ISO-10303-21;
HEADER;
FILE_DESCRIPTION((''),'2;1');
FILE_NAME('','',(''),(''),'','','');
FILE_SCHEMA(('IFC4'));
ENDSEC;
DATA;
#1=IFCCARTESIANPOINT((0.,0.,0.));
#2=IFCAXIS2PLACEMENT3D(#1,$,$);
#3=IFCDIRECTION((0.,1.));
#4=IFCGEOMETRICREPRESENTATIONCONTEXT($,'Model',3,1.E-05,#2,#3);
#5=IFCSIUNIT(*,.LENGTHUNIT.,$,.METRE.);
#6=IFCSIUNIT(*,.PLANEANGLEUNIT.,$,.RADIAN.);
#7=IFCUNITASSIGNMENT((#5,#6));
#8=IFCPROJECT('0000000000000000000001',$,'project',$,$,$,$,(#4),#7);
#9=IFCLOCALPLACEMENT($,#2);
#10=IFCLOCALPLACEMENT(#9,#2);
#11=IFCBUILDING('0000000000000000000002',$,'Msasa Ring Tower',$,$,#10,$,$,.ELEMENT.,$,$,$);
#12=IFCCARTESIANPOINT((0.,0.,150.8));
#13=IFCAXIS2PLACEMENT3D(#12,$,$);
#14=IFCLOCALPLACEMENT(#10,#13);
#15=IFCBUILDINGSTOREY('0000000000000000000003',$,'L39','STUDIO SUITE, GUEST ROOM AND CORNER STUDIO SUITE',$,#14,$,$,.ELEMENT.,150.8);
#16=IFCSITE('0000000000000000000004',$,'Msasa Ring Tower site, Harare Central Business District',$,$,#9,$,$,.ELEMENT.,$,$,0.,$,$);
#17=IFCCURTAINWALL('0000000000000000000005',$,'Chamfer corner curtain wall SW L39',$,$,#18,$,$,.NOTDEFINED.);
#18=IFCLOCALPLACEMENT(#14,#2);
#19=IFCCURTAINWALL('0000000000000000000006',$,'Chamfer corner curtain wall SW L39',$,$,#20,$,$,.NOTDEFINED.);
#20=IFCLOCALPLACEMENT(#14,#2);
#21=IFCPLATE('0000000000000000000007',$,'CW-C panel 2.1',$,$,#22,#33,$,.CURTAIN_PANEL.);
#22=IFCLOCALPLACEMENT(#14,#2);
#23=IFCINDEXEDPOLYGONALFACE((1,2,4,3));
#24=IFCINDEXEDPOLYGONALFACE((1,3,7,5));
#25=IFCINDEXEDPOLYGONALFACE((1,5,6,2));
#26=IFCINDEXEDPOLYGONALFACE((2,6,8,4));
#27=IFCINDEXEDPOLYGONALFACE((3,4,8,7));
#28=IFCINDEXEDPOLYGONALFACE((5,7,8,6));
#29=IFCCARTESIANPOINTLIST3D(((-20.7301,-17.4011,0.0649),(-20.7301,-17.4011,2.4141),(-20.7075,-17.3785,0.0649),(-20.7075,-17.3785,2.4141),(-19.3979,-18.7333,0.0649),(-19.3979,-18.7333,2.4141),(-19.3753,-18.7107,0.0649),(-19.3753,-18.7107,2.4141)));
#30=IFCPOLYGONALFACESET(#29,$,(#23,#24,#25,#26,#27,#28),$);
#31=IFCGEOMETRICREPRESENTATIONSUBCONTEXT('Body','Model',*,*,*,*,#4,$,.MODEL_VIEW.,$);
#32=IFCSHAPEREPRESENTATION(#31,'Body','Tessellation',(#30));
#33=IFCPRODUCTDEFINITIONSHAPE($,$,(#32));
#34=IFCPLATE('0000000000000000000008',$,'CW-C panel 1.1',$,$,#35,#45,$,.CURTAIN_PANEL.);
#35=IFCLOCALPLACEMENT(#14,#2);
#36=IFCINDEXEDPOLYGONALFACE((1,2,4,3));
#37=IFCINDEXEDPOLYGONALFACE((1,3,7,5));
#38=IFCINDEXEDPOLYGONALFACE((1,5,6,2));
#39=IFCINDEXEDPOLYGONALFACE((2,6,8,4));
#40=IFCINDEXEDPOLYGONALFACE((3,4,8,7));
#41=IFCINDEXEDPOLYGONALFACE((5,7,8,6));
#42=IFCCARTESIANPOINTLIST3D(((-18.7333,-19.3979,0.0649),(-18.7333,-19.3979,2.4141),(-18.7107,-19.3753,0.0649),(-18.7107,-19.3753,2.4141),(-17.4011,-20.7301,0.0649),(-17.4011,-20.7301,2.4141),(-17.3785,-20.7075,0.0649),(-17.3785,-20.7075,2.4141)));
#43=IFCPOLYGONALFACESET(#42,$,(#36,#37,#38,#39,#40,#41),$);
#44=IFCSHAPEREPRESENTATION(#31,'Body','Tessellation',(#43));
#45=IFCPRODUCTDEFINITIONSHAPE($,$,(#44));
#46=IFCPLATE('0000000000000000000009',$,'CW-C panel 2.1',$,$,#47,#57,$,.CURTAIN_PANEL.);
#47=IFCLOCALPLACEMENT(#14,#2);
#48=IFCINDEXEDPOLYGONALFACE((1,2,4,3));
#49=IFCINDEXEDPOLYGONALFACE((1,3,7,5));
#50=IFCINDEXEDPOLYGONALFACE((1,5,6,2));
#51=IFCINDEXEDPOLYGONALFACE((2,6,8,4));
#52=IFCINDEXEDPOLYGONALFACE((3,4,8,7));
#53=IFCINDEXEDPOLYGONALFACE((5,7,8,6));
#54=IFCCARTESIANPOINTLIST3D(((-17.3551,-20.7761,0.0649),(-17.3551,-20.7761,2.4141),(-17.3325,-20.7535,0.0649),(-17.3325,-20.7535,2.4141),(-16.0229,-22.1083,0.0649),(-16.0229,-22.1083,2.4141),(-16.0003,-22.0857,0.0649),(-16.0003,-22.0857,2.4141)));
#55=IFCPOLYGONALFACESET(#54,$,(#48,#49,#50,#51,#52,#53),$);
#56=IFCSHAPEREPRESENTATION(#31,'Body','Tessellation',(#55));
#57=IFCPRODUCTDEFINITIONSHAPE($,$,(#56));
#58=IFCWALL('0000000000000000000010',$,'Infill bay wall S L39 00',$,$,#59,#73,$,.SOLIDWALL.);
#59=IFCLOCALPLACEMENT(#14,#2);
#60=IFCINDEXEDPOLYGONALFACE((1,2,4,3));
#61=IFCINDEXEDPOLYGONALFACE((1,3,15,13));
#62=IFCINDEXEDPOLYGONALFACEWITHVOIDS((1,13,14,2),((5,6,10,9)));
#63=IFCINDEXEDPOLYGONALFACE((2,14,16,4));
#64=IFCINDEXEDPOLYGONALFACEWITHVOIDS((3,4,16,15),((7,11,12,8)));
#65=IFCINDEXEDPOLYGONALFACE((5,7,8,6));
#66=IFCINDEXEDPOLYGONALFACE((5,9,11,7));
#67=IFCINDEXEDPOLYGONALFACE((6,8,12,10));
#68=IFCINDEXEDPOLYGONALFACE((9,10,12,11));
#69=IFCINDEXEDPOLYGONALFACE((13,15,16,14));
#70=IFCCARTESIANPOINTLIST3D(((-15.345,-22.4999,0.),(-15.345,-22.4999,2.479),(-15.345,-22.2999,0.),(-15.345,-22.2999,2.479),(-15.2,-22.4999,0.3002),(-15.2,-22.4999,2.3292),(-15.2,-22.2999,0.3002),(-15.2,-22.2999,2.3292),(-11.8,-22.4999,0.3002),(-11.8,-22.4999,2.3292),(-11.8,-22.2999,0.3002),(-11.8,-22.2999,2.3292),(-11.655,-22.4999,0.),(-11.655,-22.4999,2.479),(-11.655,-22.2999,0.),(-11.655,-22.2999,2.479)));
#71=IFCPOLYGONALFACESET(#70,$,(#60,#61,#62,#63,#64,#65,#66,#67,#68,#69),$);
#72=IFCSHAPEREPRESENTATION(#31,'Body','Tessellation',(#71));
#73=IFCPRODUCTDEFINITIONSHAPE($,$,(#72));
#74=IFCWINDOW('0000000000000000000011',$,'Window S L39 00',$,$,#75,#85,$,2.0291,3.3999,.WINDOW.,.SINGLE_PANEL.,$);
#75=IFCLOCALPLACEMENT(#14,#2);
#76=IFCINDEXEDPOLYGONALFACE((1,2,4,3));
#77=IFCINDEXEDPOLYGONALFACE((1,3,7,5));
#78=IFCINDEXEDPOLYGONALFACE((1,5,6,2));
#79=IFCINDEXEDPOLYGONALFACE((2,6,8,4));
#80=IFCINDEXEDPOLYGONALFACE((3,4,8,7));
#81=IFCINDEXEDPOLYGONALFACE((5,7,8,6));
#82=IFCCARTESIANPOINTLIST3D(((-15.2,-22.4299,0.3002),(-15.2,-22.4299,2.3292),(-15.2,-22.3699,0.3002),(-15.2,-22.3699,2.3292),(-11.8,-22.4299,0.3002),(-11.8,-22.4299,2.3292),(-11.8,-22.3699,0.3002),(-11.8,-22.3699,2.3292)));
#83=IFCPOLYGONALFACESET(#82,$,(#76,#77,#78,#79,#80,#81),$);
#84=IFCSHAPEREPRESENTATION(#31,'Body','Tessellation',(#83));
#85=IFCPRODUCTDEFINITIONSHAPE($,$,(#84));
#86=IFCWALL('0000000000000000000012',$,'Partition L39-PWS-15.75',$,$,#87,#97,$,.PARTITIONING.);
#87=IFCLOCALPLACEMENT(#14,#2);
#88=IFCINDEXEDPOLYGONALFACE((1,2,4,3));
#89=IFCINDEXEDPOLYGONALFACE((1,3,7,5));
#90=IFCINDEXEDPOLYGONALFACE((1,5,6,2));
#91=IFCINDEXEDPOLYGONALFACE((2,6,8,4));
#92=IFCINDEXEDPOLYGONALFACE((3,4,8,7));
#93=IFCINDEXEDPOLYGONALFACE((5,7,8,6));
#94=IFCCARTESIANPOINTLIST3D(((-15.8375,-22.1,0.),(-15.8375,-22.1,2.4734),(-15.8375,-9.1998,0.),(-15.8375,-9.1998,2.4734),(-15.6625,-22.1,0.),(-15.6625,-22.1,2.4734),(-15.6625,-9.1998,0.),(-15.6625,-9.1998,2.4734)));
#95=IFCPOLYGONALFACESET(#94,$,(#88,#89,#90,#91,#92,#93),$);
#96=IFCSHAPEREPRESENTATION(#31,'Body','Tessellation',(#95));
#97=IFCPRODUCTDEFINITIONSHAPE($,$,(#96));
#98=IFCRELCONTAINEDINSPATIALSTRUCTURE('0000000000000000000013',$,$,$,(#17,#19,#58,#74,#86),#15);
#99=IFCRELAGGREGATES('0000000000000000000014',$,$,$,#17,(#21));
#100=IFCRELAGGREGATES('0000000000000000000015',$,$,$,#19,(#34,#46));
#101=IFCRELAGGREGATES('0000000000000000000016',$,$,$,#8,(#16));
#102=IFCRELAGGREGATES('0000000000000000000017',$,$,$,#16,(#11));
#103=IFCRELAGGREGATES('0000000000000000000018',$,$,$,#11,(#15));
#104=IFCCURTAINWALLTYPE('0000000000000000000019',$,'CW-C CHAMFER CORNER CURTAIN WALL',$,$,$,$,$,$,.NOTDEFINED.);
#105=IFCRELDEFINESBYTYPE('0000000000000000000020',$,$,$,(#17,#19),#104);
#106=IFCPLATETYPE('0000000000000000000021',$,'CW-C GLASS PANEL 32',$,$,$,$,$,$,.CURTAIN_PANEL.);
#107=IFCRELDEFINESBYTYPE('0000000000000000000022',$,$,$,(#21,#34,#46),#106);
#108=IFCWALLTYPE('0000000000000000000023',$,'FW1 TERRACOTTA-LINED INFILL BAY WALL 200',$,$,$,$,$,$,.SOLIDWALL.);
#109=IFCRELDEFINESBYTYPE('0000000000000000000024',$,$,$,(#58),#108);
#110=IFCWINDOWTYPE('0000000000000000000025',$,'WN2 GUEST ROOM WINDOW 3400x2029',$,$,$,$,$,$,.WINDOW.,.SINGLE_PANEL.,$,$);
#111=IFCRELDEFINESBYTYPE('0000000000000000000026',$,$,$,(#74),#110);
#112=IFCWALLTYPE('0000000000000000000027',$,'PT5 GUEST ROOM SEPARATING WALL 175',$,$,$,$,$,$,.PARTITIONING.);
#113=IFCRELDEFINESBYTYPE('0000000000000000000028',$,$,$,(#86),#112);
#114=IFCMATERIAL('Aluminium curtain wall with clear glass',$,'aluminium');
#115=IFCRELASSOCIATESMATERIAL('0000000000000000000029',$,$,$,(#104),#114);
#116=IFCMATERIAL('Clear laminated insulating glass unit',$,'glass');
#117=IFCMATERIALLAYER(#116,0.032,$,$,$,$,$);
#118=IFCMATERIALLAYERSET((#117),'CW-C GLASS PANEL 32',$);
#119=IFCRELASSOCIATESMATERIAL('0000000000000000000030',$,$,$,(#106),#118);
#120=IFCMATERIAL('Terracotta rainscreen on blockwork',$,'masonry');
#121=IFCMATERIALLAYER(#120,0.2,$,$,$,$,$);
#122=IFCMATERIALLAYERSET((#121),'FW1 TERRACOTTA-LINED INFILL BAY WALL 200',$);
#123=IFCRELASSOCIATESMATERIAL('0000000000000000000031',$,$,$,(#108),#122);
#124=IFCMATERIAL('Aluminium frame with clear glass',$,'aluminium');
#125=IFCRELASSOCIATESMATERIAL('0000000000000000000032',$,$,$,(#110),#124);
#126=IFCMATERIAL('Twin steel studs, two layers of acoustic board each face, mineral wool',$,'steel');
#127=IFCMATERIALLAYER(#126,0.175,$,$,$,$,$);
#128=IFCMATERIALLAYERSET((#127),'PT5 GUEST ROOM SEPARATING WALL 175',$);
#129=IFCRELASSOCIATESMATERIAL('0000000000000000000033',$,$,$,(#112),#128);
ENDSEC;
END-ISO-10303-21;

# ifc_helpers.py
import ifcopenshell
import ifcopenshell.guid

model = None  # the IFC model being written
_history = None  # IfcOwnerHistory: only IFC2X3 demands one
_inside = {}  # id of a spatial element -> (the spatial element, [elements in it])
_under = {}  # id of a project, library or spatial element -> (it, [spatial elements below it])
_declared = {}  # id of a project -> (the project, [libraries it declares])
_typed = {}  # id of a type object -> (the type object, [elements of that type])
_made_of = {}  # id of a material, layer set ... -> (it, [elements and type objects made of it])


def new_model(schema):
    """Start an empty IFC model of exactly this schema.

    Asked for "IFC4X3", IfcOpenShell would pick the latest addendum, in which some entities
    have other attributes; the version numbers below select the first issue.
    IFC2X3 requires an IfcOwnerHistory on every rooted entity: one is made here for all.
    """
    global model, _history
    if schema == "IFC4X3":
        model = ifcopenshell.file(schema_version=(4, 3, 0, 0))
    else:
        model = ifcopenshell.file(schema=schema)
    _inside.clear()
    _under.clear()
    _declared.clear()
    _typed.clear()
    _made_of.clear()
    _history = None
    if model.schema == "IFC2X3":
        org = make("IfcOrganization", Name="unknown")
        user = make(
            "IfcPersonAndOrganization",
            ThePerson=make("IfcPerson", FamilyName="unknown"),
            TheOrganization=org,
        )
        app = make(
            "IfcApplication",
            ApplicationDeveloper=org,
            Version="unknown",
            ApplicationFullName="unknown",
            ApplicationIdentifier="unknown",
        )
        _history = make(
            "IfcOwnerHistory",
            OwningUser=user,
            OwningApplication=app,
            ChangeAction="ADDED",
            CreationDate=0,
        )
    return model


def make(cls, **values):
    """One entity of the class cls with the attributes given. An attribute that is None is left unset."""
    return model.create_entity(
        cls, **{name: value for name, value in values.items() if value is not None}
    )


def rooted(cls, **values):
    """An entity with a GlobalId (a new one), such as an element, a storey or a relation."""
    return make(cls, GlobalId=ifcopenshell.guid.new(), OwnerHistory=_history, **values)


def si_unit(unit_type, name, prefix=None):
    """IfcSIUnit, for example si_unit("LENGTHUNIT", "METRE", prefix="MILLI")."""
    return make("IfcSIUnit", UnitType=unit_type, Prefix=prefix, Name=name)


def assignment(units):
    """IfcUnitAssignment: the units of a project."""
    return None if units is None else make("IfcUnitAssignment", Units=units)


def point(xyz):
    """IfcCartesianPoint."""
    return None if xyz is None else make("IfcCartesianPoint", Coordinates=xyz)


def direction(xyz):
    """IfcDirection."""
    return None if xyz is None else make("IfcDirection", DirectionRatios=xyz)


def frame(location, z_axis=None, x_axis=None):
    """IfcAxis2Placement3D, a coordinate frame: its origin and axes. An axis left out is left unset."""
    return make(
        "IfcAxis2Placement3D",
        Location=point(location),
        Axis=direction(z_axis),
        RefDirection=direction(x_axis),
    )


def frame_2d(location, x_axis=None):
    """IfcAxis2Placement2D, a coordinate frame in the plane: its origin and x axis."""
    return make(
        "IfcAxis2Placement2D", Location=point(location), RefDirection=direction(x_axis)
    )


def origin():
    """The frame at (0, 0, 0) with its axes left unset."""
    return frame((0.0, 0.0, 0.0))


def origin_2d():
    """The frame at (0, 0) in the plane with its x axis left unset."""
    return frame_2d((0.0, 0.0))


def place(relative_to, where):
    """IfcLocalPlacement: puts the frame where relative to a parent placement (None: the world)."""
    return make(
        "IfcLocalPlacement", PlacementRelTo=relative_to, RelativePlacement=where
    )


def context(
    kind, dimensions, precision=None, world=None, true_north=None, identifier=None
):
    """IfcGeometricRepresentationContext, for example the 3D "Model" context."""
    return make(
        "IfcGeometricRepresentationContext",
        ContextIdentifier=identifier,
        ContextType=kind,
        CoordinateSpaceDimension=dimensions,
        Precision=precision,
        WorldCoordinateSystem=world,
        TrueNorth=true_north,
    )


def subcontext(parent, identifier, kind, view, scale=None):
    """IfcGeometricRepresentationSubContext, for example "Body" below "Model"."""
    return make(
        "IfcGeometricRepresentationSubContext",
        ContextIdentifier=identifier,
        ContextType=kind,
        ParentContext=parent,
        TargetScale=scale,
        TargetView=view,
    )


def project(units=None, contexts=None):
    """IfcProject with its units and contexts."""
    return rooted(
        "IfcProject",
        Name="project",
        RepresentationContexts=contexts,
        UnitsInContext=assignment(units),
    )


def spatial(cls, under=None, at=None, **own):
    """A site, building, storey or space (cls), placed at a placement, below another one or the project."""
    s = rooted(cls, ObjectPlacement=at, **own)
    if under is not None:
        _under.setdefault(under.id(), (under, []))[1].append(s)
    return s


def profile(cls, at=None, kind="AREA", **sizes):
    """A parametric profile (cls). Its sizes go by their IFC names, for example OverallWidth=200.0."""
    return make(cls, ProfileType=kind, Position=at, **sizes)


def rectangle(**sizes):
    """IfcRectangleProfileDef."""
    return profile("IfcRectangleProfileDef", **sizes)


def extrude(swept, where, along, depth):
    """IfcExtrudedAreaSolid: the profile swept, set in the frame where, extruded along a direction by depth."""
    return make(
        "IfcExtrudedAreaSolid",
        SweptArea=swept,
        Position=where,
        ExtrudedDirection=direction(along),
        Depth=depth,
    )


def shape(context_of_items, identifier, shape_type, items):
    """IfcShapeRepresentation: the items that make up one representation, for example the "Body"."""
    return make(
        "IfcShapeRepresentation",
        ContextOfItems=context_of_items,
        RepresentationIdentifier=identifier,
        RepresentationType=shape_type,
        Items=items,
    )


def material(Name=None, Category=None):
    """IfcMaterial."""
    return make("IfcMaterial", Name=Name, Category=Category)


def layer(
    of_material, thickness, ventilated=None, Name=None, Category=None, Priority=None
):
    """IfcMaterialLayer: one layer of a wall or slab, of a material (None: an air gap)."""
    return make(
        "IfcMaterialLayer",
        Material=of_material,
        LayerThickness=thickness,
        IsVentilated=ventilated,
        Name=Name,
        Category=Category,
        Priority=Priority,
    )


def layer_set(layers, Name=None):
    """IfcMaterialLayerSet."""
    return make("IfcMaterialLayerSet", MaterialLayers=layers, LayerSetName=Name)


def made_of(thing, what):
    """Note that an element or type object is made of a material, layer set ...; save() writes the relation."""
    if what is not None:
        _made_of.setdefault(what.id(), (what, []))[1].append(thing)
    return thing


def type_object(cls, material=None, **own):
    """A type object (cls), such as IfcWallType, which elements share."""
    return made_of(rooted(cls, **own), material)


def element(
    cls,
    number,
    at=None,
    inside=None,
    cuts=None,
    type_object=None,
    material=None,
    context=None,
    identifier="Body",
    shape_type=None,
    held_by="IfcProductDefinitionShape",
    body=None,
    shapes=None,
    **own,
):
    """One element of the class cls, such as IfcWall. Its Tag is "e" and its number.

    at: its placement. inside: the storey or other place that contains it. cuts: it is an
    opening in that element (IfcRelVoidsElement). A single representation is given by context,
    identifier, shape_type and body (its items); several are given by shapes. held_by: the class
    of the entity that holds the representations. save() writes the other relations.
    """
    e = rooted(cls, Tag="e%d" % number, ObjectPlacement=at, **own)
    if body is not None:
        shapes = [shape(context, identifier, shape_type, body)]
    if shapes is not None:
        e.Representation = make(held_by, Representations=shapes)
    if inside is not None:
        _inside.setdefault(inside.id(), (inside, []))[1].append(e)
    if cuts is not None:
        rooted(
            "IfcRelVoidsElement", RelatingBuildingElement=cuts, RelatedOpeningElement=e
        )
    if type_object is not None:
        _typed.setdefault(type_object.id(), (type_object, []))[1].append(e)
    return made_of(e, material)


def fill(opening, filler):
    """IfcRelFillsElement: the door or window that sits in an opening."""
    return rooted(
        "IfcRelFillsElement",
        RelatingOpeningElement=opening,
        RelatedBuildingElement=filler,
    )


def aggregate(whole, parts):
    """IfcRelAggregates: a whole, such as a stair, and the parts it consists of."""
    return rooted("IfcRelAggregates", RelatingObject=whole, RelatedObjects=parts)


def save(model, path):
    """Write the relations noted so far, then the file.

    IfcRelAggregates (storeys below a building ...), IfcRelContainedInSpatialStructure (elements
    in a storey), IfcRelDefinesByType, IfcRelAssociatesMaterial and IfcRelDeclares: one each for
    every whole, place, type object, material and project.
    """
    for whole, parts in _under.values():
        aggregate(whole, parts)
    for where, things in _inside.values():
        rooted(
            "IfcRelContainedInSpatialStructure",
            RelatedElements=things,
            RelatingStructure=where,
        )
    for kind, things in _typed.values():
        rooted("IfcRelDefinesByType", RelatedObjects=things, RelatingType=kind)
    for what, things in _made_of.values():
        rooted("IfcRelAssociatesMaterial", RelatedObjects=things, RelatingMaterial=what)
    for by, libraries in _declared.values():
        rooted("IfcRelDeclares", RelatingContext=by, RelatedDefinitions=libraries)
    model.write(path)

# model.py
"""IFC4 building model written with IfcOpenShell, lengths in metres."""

from ifc_helpers import new_model, si_unit, direction, frame, frame_2d, origin, origin_2d, place, context, subcontext, project, spatial, rectangle, extrude, material, layer, layer_set, type_object, element, fill, aggregate, save


model = new_model("IFC4")

# Units and contexts
model_context = context("Model", 3, precision=1e-05, world=origin(), true_north=direction((0.0, 1.0)))
body_context = subcontext(model_context, "Body", "Model", "MODEL_VIEW")
ifc_project = project(units=[si_unit("LENGTHUNIT", "METRE"), si_unit("PLANEANGLEUNIT", "RADIAN")], contexts=[model_context])

# Site, building, storey
site_placement = place(None, origin())
site = spatial("IfcSite", under=ifc_project, at=site_placement, Name="Msasa Ring Tower site, Harare Central Business District", CompositionType="ELEMENT", RefElevation=0.0)
building_placement = place(site_placement, origin())
building = spatial("IfcBuilding", under=site, at=building_placement, Name="Msasa Ring Tower", CompositionType="ELEMENT")
storey_placement = place(building_placement, frame((0.0, 0.0, 150.8)))
storey = spatial("IfcBuildingStorey", under=building, at=storey_placement, Name="L39", Description="STUDIO SUITE, GUEST ROOM AND CORNER STUDIO SUITE", CompositionType="ELEMENT", Elevation=150.8)

# Curtain walls
ifc_material_1 = material(Name="Aluminium curtain wall with clear glass", Category="aluminium")
curtain_wall_type = type_object("IfcCurtainWallType", Name="CW-C CHAMFER CORNER CURTAIN WALL", PredefinedType="NOTDEFINED", material=ifc_material_1)
curtain_wall_1_placement = place(storey_placement, origin())
curtain_wall_1 = element("IfcCurtainWall", 1, at=curtain_wall_1_placement, inside=storey, type_object=curtain_wall_type, Name="Chamfer corner curtain wall SW L39", PredefinedType="NOTDEFINED")
curtain_wall_2_placement = place(storey_placement, origin())
curtain_wall_2 = element("IfcCurtainWall", 2, at=curtain_wall_2_placement, inside=storey, type_object=curtain_wall_type, Name="Chamfer corner curtain wall SW L39", PredefinedType="NOTDEFINED")

# Plates
ifc_material_2 = material(Name="Clear laminated insulating glass unit", Category="glass")
ifc_layer_1 = layer(ifc_material_2, 0.032)
ifc_layer_set_1 = layer_set([ifc_layer_1], Name="CW-C GLASS PANEL 32")
plate_type = type_object("IfcPlateType", Name="CW-C GLASS PANEL 32", PredefinedType="CURTAIN_PANEL", material=ifc_layer_set_1)
plate_1_placement = place(storey_placement, frame((-20.0527, -18.0559, 0.0649), z_axis=(0.0, 0.0, 1.0), x_axis=(0.707107, -0.707107, 0.0)))
plate_1 = element("IfcPlate", 3, at=plate_1_placement, type_object=plate_type, Name="CW-C panel 2.1", PredefinedType="CURTAIN_PANEL", context=body_context, shape_type="SweptSolid", body=[
    extrude(rectangle(XDim=1.884, YDim=0.032, at=origin_2d()), origin(), (0.0, 0.0, 1.0), 2.3491),
])
aggregate(curtain_wall_1, [plate_1])
plate_2_placement = place(storey_placement, frame((-18.0559, -20.0527, 0.0649), z_axis=(0.0, 0.0, 1.0), x_axis=(0.707107, -0.707107, 0.0)))
plate_2 = element("IfcPlate", 4, at=plate_2_placement, type_object=plate_type, Name="CW-C panel 1.1", PredefinedType="CURTAIN_PANEL", context=body_context, shape_type="SweptSolid", body=[
    extrude(rectangle(XDim=1.884, YDim=0.032, at=origin_2d()), origin(), (0.0, 0.0, 1.0), 2.3491),
])
plate_3_placement = place(storey_placement, frame((-16.6777, -21.4309, 0.0649), z_axis=(0.0, 0.0, 1.0), x_axis=(0.707107, -0.707107, 0.0)))
plate_3 = element("IfcPlate", 5, at=plate_3_placement, type_object=plate_type, Name="CW-C panel 2.1", PredefinedType="CURTAIN_PANEL", context=body_context, shape_type="SweptSolid", body=[
    extrude(rectangle(XDim=1.884, YDim=0.032, at=origin_2d()), origin(), (0.0, 0.0, 1.0), 2.3491),
])
aggregate(curtain_wall_2, [plate_2, plate_3])

# Wall, opening, window
ifc_material_3 = material(Name="Terracotta rainscreen on blockwork", Category="masonry")
ifc_layer_2 = layer(ifc_material_3, 0.2)
ifc_layer_set_2 = layer_set([ifc_layer_2], Name="FW1 TERRACOTTA-LINED INFILL BAY WALL 200")
wall_type_1 = type_object("IfcWallType", Name="FW1 TERRACOTTA-LINED INFILL BAY WALL 200", PredefinedType="SOLIDWALL", material=ifc_layer_set_2)
wall_1_placement = place(storey_placement, frame((-15.345, -22.3999, 0.0), z_axis=(0.0, 0.0, 1.0), x_axis=(1.0, 0.0, 0.0)))
wall_1 = element("IfcWall", 6, at=wall_1_placement, inside=storey, type_object=wall_type_1, Name="Infill bay wall S L39 00", PredefinedType="SOLIDWALL", context=body_context, shape_type="SweptSolid", body=[
    extrude(rectangle(XDim=3.6899, YDim=0.2, at=frame_2d((1.845, 0.0))), origin(), (0.0, 0.0, 1.0), 2.479),
])
opening_placement = place(wall_1_placement, frame((0.145, 0.0, 0.3)))
opening = element("IfcOpeningElement", 7, at=opening_placement, cuts=wall_1, PredefinedType="OPENING", context=body_context, shape_type="SweptSolid", body=[
    extrude(rectangle(XDim=3.3999, YDim=2.0291, at=frame_2d((1.7, 1.0146))), frame((0.0, 0.1099, 0.0), z_axis=(0.0, -1.0, 0.0), x_axis=(1.0, 0.0, 0.0)), (0.0, 0.0, 1.0), 0.22),
])
ifc_material_4 = material(Name="Aluminium frame with clear glass", Category="aluminium")
window_type = type_object("IfcWindowType", Name="WN2 GUEST ROOM WINDOW 3400x2029", PartitioningType="SINGLE_PANEL", PredefinedType="WINDOW", material=ifc_material_4)
window_placement = place(opening_placement, origin())
window = element("IfcWindow", 8, at=window_placement, inside=storey, type_object=window_type, Name="Window S L39 00", OverallHeight=2.0291, OverallWidth=3.3999, PartitioningType="SINGLE_PANEL", PredefinedType="WINDOW", context=body_context, shape_type="SweptSolid", body=[
    extrude(rectangle(XDim=3.3999, YDim=2.0291, at=frame_2d((1.7, 1.0146))), frame((0.0, 0.03, 0.0), z_axis=(0.0, -1.0, 0.0), x_axis=(1.0, 0.0, 0.0)), (0.0, 0.0, 1.0), 0.0601),
])
fill(opening, window)

# Wall
ifc_material_5 = material(Name="Twin steel studs, two layers of acoustic board each face, mineral wool", Category="steel")
ifc_layer_3 = layer(ifc_material_5, 0.175)
ifc_layer_set_3 = layer_set([ifc_layer_3], Name="PT5 GUEST ROOM SEPARATING WALL 175")
wall_type_2 = type_object("IfcWallType", Name="PT5 GUEST ROOM SEPARATING WALL 175", PredefinedType="PARTITIONING", material=ifc_layer_set_3)
wall_2_placement = place(storey_placement, frame((-15.75, -22.1001, 0.0), z_axis=(0.0, 0.0, 1.0), x_axis=(0.0, 1.0, 0.0)))
element("IfcWall", 9, at=wall_2_placement, inside=storey, type_object=wall_type_2, Name="Partition L39-PWS-15.75", PredefinedType="PARTITIONING", context=body_context, shape_type="SweptSolid", body=[
    extrude(rectangle(XDim=12.9001, YDim=0.175, at=frame_2d((6.4502, 0.0))), origin(), (0.0, 0.0, 1.0), 2.4734),
])

save(model, "model.ifc")
